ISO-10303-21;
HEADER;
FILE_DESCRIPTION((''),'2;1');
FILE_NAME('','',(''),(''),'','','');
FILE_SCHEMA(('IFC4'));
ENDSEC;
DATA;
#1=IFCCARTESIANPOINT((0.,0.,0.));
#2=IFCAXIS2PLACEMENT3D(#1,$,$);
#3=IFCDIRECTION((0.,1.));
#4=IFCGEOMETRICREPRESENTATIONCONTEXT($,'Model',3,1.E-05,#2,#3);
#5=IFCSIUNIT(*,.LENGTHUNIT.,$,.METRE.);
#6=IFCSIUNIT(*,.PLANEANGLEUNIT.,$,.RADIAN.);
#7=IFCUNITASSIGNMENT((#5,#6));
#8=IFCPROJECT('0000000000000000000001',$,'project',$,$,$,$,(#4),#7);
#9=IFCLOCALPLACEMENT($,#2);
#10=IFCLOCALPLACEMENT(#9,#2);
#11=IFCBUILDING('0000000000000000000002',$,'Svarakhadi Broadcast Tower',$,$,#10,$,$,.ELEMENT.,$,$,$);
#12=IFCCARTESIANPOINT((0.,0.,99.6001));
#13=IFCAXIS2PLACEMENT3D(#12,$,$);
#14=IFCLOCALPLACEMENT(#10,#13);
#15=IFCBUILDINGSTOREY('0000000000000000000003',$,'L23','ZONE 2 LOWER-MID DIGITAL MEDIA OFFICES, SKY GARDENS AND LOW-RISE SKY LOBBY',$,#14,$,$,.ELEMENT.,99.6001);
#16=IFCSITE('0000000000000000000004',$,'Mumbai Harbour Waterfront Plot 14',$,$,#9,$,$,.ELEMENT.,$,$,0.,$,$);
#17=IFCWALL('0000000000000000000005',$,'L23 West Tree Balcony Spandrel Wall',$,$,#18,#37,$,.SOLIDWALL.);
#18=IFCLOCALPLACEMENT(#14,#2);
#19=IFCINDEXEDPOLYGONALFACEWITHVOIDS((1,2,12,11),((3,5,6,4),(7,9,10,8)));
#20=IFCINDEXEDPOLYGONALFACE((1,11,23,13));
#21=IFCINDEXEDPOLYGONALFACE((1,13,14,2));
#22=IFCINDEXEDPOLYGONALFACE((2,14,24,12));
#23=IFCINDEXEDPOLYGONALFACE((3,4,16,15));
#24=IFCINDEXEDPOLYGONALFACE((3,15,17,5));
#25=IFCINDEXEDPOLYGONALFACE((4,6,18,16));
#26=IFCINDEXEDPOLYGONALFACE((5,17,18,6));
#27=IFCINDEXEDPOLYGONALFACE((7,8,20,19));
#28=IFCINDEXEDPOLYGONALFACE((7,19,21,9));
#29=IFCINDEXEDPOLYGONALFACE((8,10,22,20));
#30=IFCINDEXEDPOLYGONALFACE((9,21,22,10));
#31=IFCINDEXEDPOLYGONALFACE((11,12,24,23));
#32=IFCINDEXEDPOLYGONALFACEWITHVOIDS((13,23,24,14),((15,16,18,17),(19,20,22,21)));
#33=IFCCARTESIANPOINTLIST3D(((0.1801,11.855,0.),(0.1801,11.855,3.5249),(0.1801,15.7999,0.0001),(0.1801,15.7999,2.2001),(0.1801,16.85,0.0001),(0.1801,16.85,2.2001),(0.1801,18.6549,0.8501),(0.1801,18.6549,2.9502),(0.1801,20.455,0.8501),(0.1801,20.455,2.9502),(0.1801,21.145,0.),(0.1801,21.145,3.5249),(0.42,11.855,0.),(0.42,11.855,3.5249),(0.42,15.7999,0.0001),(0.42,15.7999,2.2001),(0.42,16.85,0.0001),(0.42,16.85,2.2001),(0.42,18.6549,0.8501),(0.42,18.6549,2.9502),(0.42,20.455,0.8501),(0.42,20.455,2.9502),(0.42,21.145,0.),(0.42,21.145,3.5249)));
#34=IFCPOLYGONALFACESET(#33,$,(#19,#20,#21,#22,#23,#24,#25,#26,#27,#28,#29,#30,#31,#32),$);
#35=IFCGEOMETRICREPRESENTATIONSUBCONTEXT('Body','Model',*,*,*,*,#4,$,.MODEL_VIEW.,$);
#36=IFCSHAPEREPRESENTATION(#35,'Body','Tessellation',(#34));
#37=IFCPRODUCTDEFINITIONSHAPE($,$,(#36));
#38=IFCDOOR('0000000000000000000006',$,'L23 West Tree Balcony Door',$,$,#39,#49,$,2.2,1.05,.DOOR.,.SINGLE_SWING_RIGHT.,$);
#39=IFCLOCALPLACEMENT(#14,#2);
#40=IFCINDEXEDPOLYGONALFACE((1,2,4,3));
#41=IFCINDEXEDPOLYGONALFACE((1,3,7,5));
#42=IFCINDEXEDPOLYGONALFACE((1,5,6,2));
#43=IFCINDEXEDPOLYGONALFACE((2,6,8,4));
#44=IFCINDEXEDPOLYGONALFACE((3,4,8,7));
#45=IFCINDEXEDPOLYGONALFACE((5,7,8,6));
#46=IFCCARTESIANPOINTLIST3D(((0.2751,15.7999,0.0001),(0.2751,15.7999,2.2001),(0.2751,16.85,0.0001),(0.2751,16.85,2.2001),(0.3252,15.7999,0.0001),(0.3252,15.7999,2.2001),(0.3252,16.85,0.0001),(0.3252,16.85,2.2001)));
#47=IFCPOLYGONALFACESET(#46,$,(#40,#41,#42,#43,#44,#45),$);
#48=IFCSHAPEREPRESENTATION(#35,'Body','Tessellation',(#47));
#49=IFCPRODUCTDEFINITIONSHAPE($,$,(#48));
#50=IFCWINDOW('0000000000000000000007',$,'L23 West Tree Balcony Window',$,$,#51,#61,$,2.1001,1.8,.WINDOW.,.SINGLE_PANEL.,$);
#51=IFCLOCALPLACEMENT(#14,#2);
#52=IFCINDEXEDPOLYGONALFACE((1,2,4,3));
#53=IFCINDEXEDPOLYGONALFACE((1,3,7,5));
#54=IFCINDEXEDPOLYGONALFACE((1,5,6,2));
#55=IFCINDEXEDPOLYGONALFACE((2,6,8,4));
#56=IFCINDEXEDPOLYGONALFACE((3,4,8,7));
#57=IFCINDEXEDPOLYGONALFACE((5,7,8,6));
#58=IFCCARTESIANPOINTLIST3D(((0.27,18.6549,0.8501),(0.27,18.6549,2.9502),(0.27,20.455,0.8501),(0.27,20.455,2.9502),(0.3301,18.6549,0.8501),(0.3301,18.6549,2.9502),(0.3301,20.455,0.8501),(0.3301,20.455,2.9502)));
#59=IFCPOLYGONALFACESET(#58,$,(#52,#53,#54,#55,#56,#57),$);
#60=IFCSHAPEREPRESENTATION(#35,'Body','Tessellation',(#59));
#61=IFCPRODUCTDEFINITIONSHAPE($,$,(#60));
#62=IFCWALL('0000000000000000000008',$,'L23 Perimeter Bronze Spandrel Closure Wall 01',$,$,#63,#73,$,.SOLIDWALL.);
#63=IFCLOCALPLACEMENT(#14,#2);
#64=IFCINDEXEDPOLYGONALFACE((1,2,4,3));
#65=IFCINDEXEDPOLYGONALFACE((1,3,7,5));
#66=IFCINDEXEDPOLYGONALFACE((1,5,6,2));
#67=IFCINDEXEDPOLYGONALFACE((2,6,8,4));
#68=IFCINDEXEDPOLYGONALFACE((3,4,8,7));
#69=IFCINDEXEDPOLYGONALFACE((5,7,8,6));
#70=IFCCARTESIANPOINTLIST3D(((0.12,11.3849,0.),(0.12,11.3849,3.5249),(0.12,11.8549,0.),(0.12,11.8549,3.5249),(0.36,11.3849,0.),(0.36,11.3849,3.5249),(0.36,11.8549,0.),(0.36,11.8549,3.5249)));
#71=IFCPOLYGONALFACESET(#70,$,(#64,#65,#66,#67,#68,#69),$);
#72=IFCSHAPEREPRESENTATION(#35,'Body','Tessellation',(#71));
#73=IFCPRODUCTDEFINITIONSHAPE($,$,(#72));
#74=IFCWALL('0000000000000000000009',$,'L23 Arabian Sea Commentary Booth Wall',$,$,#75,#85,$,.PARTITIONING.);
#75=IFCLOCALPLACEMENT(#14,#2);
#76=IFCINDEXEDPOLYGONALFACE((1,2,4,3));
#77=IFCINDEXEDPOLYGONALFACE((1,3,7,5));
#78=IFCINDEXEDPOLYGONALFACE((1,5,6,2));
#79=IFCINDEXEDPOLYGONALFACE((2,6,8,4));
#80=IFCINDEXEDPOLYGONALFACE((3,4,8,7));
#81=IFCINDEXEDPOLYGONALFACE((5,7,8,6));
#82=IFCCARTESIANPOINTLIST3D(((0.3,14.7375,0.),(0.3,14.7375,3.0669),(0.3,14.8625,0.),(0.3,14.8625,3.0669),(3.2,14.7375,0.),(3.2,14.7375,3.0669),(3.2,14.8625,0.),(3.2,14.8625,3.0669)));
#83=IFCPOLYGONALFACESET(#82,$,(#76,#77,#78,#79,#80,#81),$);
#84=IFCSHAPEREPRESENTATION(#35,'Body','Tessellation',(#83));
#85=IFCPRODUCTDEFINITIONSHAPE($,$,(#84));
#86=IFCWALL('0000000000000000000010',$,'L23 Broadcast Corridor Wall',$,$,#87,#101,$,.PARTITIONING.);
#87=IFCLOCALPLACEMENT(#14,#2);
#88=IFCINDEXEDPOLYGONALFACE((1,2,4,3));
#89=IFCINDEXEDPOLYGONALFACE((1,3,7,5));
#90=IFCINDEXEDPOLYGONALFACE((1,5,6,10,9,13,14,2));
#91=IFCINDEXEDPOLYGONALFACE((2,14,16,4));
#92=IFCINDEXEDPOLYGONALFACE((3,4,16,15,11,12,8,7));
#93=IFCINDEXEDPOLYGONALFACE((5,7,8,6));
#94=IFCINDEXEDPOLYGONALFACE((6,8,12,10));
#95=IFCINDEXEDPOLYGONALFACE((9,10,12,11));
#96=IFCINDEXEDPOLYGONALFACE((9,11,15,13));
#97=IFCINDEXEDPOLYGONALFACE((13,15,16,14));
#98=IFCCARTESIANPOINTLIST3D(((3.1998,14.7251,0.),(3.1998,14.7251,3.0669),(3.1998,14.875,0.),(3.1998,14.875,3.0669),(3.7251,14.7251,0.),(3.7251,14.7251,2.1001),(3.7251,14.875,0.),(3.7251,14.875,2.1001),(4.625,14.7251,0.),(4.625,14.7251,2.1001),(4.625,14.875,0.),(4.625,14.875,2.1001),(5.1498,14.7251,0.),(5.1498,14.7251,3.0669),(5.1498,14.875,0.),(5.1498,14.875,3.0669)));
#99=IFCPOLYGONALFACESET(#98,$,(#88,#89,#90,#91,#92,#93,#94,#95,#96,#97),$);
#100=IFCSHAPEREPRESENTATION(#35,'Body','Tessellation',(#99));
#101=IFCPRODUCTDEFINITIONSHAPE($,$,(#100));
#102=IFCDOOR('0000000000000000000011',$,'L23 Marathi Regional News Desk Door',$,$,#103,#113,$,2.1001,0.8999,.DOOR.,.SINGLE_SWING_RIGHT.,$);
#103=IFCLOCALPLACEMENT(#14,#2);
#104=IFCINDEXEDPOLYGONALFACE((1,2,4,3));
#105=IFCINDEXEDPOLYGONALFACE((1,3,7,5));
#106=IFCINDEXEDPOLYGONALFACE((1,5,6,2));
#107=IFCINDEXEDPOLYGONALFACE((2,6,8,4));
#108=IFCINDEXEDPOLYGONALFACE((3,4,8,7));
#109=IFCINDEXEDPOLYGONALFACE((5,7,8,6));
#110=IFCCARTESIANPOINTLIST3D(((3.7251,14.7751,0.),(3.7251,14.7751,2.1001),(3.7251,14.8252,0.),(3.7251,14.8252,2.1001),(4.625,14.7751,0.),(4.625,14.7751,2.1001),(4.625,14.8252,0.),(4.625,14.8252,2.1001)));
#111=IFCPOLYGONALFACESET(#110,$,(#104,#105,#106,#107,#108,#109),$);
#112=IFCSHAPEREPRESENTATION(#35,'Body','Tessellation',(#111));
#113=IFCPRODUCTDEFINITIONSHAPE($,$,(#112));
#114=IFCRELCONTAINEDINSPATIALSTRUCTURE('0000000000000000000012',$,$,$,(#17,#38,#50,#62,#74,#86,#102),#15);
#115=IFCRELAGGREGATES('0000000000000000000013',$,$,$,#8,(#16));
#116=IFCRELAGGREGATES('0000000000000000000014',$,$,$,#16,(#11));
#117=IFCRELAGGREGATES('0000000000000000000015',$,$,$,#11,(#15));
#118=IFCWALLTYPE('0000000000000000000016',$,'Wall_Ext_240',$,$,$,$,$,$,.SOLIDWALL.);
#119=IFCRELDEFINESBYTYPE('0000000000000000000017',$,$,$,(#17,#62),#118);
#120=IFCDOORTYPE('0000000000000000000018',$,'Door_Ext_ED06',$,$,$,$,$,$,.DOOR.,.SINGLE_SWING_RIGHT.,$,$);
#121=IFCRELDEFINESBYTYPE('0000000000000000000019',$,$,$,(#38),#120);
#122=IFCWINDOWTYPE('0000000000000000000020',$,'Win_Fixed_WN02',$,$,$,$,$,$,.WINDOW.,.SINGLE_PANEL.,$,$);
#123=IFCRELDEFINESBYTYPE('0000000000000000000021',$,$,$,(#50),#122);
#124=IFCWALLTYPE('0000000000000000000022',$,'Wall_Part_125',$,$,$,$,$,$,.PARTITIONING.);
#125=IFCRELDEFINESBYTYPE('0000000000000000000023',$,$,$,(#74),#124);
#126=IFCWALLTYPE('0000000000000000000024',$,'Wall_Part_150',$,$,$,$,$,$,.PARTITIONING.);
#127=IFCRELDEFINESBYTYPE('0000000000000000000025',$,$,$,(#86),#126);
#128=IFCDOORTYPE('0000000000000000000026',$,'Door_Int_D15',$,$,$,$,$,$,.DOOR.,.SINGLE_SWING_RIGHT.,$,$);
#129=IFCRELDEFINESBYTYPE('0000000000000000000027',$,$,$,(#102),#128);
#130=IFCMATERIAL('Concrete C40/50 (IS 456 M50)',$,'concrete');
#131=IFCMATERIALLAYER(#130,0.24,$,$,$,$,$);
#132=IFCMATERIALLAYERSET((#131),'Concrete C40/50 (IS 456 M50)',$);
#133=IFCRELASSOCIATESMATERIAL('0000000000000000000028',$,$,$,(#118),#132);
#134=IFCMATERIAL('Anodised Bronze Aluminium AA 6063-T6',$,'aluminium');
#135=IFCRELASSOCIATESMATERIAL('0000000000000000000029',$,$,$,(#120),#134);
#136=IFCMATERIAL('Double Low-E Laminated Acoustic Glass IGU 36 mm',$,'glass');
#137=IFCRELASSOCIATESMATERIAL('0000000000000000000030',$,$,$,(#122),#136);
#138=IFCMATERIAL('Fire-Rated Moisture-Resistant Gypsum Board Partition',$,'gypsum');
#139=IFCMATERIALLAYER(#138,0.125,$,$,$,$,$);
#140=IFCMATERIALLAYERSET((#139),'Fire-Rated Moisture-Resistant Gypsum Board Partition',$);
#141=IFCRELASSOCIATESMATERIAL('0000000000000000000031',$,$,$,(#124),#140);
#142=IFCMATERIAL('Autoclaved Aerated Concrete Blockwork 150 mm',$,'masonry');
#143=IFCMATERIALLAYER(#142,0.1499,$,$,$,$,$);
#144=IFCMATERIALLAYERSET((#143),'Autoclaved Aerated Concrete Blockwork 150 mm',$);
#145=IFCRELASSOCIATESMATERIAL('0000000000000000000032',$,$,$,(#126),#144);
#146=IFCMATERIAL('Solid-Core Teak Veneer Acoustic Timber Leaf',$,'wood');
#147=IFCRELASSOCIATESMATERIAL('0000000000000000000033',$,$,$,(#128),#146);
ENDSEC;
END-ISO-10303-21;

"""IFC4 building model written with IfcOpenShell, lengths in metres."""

from ifc_helpers import new_model, si_unit, direction, frame, frame_2d, origin, place, context, subcontext, project, spatial, rectangle, extrude, material, layer, layer_set, type_object, element, fill, save


model = new_model("IFC4")

# Units and contexts
model_context = context("Model", 3, precision=1e-05, world=origin(), true_north=direction((0.0, 1.0)))
body_context = subcontext(model_context, "Body", "Model", "MODEL_VIEW")
ifc_project = project(units=[si_unit("LENGTHUNIT", "METRE"), si_unit("PLANEANGLEUNIT", "RADIAN")], contexts=[model_context])

# Site, building, storey
site_placement = place(None, origin())
site = spatial("IfcSite", under=ifc_project, at=site_placement, Name="Mumbai Harbour Waterfront Plot 14", CompositionType="ELEMENT", RefElevation=0.0)
building_placement = place(site_placement, origin())
building = spatial("IfcBuilding", under=site, at=building_placement, Name="Svarakhadi Broadcast Tower", CompositionType="ELEMENT")
storey_placement = place(building_placement, frame((0.0, 0.0, 99.6001)))
storey = spatial("IfcBuildingStorey", under=building, at=storey_placement, Name="L23", Description="ZONE 2 LOWER-MID DIGITAL MEDIA OFFICES, SKY GARDENS AND LOW-RISE SKY LOBBY", CompositionType="ELEMENT", Elevation=99.6001)

# Shared definitions
ifc_material_1 = material(Name="Anodised Bronze Aluminium AA 6063-T6", Category="aluminium")

# Shared definitions
ifc_material_2 = material(Name="Double Low-E Laminated Acoustic Glass IGU 36 mm", Category="glass")

# Wall, openings, door, window
ifc_material_3 = material(Name="Concrete C40/50 (IS 456 M50)", Category="concrete")
ifc_layer_1 = layer(ifc_material_3, 0.24)
ifc_layer_set_1 = layer_set([ifc_layer_1], Name="Concrete C40/50 (IS 456 M50)")
wall_type_1 = type_object("IfcWallType", Name="Wall_Ext_240", PredefinedType="SOLIDWALL", material=ifc_layer_set_1)
wall_1_placement = place(storey_placement, frame((0.3, 11.855, 0.0), z_axis=(0.0, 0.0, 1.0), x_axis=(0.0, 1.0, 0.0)))
wall_1 = element("IfcWall", 1, at=wall_1_placement, inside=storey, type_object=wall_type_1, Name="L23 West Tree Balcony Spandrel Wall", PredefinedType="SOLIDWALL", context=body_context, shape_type="SweptSolid", body=[
    extrude(rectangle(XDim=9.29, YDim=0.24, at=frame_2d((4.645, 0.0))), origin(), (0.0, 0.0, 1.0), 3.5249),
])
opening_1_placement = place(wall_1_placement, frame((3.9451, 0.0, 0.0)))
opening_1 = element("IfcOpeningElement", 2, at=opening_1_placement, cuts=wall_1, PredefinedType="OPENING", context=body_context, shape_type="SweptSolid", body=[
    extrude(rectangle(XDim=1.05, YDim=2.2, at=frame_2d((0.5249, 1.1001))), frame((0.0, 0.1299, 0.0), z_axis=(0.0, -1.0, 0.0), x_axis=(1.0, 0.0, 0.0)), (0.0, 0.0, 1.0), 0.26),
])
opening_2_placement = place(wall_1_placement, frame((6.8, 0.0, 0.8501)))
opening_2 = element("IfcOpeningElement", 3, at=opening_2_placement, cuts=wall_1, PredefinedType="OPENING", context=body_context, shape_type="SweptSolid", body=[
    extrude(rectangle(XDim=1.8, YDim=2.1001, at=frame_2d((0.8999, 1.05))), frame((0.0, 0.1299, 0.0), z_axis=(0.0, -1.0, 0.0), x_axis=(1.0, 0.0, 0.0)), (0.0, 0.0, 1.0), 0.26),
])
door_type_1 = type_object("IfcDoorType", Name="Door_Ext_ED06", OperationType="SINGLE_SWING_RIGHT", PredefinedType="DOOR", material=ifc_material_1)
door_1_placement = place(opening_1_placement, origin())
door_1 = element("IfcDoor", 4, at=door_1_placement, inside=storey, type_object=door_type_1, Name="L23 West Tree Balcony Door", OperationType="SINGLE_SWING_RIGHT", OverallHeight=2.2, OverallWidth=1.05, PredefinedType="DOOR", context=body_context, shape_type="SweptSolid", body=[
    extrude(rectangle(XDim=1.05, YDim=2.2, at=frame_2d((0.5249, 1.1001))), frame((0.0, 0.0249, 0.0), z_axis=(0.0, -1.0, 0.0), x_axis=(1.0, 0.0, 0.0)), (0.0, 0.0, 1.0), 0.05),
])
fill(opening_1, door_1)
window_type = type_object("IfcWindowType", Name="Win_Fixed_WN02", PartitioningType="SINGLE_PANEL", PredefinedType="WINDOW", material=ifc_material_2)
window_placement = place(opening_2_placement, origin())
window = element("IfcWindow", 5, at=window_placement, inside=storey, type_object=window_type, Name="L23 West Tree Balcony Window", OverallHeight=2.1001, OverallWidth=1.8, PartitioningType="SINGLE_PANEL", PredefinedType="WINDOW", context=body_context, shape_type="SweptSolid", body=[
    extrude(rectangle(XDim=1.8, YDim=2.1001, at=frame_2d((0.8999, 1.05))), frame((0.0, 0.03, 0.0), z_axis=(0.0, -1.0, 0.0), x_axis=(1.0, 0.0, 0.0)), (0.0, 0.0, 1.0), 0.0601),
])
fill(opening_2, window)

# Walls
wall_2_placement = place(storey_placement, frame((0.24, 11.385, 0.0), z_axis=(0.0, 0.0, 1.0), x_axis=(0.0, 1.0, 0.0)))
element("IfcWall", 6, at=wall_2_placement, inside=storey, type_object=wall_type_1, Name="L23 Perimeter Bronze Spandrel Closure Wall 01", PredefinedType="SOLIDWALL", context=body_context, shape_type="SweptSolid", body=[
    extrude(rectangle(XDim=0.47, YDim=0.24, at=frame_2d((0.2349, 0.0))), origin(), (0.0, 0.0, 1.0), 3.5249),
])
ifc_material_4 = material(Name="Fire-Rated Moisture-Resistant Gypsum Board Partition", Category="gypsum")
ifc_layer_2 = layer(ifc_material_4, 0.125)
ifc_layer_set_2 = layer_set([ifc_layer_2], Name="Fire-Rated Moisture-Resistant Gypsum Board Partition")
wall_type_2 = type_object("IfcWallType", Name="Wall_Part_125", PredefinedType="PARTITIONING", material=ifc_layer_set_2)
wall_3_placement = place(storey_placement, frame((0.3, 14.8, 0.0), z_axis=(0.0, 0.0, 1.0), x_axis=(1.0, 0.0, 0.0)))
element("IfcWall", 7, at=wall_3_placement, inside=storey, type_object=wall_type_2, Name="L23 Arabian Sea Commentary Booth Wall", PredefinedType="PARTITIONING", context=body_context, shape_type="SweptSolid", body=[
    extrude(rectangle(XDim=2.8999, YDim=0.125, at=frame_2d((1.45, 0.0))), origin(), (0.0, 0.0, 1.0), 3.0669),
])

# Wall, opening, door
ifc_material_5 = material(Name="Autoclaved Aerated Concrete Blockwork 150 mm", Category="masonry")
ifc_layer_3 = layer(ifc_material_5, 0.1499)
ifc_layer_set_3 = layer_set([ifc_layer_3], Name="Autoclaved Aerated Concrete Blockwork 150 mm")
wall_type_3 = type_object("IfcWallType", Name="Wall_Part_150", PredefinedType="PARTITIONING", material=ifc_layer_set_3)
wall_4_placement = place(storey_placement, frame((5.1499, 14.8, 0.0), z_axis=(0.0, 0.0, 1.0), x_axis=(-1.0, 0.0, 0.0)))
wall_4 = element("IfcWall", 8, at=wall_4_placement, inside=storey, type_object=wall_type_3, Name="L23 Broadcast Corridor Wall", PredefinedType="PARTITIONING", context=body_context, shape_type="SweptSolid", body=[
    extrude(rectangle(XDim=1.95, YDim=0.1499, at=frame_2d((0.9751, 0.0))), origin(), (0.0, 0.0, 1.0), 3.0669),
])
opening_3_placement = place(wall_4_placement, frame((0.5249, 0.0, 0.0)))
opening_3 = element("IfcOpeningElement", 9, at=opening_3_placement, cuts=wall_4, PredefinedType="OPENING", context=body_context, shape_type="SweptSolid", body=[
    extrude(rectangle(XDim=0.8999, YDim=2.1001, at=frame_2d((0.45, 1.05))), frame((0.0, 0.085, 0.0), z_axis=(0.0, -1.0, 0.0), x_axis=(1.0, 0.0, 0.0)), (0.0, 0.0, 1.0), 0.1699),
])
ifc_material_6 = material(Name="Solid-Core Teak Veneer Acoustic Timber Leaf", Category="wood")
door_type_2 = type_object("IfcDoorType", Name="Door_Int_D15", OperationType="SINGLE_SWING_RIGHT", PredefinedType="DOOR", material=ifc_material_6)
door_2_placement = place(opening_3_placement, origin())
door_2 = element("IfcDoor", 10, at=door_2_placement, inside=storey, type_object=door_type_2, Name="L23 Marathi Regional News Desk Door", OperationType="SINGLE_SWING_RIGHT", OverallHeight=2.1001, OverallWidth=0.8999, PredefinedType="DOOR", context=body_context, shape_type="SweptSolid", body=[
    extrude(rectangle(XDim=0.8999, YDim=2.1001, at=frame_2d((0.45, 1.05))), frame((0.0, 0.0249, 0.0), z_axis=(0.0, -1.0, 0.0), x_axis=(1.0, 0.0, 0.0)), (0.0, 0.0, 1.0), 0.05),
])
fill(opening_3, door_2)

save(model, "model.ifc")
